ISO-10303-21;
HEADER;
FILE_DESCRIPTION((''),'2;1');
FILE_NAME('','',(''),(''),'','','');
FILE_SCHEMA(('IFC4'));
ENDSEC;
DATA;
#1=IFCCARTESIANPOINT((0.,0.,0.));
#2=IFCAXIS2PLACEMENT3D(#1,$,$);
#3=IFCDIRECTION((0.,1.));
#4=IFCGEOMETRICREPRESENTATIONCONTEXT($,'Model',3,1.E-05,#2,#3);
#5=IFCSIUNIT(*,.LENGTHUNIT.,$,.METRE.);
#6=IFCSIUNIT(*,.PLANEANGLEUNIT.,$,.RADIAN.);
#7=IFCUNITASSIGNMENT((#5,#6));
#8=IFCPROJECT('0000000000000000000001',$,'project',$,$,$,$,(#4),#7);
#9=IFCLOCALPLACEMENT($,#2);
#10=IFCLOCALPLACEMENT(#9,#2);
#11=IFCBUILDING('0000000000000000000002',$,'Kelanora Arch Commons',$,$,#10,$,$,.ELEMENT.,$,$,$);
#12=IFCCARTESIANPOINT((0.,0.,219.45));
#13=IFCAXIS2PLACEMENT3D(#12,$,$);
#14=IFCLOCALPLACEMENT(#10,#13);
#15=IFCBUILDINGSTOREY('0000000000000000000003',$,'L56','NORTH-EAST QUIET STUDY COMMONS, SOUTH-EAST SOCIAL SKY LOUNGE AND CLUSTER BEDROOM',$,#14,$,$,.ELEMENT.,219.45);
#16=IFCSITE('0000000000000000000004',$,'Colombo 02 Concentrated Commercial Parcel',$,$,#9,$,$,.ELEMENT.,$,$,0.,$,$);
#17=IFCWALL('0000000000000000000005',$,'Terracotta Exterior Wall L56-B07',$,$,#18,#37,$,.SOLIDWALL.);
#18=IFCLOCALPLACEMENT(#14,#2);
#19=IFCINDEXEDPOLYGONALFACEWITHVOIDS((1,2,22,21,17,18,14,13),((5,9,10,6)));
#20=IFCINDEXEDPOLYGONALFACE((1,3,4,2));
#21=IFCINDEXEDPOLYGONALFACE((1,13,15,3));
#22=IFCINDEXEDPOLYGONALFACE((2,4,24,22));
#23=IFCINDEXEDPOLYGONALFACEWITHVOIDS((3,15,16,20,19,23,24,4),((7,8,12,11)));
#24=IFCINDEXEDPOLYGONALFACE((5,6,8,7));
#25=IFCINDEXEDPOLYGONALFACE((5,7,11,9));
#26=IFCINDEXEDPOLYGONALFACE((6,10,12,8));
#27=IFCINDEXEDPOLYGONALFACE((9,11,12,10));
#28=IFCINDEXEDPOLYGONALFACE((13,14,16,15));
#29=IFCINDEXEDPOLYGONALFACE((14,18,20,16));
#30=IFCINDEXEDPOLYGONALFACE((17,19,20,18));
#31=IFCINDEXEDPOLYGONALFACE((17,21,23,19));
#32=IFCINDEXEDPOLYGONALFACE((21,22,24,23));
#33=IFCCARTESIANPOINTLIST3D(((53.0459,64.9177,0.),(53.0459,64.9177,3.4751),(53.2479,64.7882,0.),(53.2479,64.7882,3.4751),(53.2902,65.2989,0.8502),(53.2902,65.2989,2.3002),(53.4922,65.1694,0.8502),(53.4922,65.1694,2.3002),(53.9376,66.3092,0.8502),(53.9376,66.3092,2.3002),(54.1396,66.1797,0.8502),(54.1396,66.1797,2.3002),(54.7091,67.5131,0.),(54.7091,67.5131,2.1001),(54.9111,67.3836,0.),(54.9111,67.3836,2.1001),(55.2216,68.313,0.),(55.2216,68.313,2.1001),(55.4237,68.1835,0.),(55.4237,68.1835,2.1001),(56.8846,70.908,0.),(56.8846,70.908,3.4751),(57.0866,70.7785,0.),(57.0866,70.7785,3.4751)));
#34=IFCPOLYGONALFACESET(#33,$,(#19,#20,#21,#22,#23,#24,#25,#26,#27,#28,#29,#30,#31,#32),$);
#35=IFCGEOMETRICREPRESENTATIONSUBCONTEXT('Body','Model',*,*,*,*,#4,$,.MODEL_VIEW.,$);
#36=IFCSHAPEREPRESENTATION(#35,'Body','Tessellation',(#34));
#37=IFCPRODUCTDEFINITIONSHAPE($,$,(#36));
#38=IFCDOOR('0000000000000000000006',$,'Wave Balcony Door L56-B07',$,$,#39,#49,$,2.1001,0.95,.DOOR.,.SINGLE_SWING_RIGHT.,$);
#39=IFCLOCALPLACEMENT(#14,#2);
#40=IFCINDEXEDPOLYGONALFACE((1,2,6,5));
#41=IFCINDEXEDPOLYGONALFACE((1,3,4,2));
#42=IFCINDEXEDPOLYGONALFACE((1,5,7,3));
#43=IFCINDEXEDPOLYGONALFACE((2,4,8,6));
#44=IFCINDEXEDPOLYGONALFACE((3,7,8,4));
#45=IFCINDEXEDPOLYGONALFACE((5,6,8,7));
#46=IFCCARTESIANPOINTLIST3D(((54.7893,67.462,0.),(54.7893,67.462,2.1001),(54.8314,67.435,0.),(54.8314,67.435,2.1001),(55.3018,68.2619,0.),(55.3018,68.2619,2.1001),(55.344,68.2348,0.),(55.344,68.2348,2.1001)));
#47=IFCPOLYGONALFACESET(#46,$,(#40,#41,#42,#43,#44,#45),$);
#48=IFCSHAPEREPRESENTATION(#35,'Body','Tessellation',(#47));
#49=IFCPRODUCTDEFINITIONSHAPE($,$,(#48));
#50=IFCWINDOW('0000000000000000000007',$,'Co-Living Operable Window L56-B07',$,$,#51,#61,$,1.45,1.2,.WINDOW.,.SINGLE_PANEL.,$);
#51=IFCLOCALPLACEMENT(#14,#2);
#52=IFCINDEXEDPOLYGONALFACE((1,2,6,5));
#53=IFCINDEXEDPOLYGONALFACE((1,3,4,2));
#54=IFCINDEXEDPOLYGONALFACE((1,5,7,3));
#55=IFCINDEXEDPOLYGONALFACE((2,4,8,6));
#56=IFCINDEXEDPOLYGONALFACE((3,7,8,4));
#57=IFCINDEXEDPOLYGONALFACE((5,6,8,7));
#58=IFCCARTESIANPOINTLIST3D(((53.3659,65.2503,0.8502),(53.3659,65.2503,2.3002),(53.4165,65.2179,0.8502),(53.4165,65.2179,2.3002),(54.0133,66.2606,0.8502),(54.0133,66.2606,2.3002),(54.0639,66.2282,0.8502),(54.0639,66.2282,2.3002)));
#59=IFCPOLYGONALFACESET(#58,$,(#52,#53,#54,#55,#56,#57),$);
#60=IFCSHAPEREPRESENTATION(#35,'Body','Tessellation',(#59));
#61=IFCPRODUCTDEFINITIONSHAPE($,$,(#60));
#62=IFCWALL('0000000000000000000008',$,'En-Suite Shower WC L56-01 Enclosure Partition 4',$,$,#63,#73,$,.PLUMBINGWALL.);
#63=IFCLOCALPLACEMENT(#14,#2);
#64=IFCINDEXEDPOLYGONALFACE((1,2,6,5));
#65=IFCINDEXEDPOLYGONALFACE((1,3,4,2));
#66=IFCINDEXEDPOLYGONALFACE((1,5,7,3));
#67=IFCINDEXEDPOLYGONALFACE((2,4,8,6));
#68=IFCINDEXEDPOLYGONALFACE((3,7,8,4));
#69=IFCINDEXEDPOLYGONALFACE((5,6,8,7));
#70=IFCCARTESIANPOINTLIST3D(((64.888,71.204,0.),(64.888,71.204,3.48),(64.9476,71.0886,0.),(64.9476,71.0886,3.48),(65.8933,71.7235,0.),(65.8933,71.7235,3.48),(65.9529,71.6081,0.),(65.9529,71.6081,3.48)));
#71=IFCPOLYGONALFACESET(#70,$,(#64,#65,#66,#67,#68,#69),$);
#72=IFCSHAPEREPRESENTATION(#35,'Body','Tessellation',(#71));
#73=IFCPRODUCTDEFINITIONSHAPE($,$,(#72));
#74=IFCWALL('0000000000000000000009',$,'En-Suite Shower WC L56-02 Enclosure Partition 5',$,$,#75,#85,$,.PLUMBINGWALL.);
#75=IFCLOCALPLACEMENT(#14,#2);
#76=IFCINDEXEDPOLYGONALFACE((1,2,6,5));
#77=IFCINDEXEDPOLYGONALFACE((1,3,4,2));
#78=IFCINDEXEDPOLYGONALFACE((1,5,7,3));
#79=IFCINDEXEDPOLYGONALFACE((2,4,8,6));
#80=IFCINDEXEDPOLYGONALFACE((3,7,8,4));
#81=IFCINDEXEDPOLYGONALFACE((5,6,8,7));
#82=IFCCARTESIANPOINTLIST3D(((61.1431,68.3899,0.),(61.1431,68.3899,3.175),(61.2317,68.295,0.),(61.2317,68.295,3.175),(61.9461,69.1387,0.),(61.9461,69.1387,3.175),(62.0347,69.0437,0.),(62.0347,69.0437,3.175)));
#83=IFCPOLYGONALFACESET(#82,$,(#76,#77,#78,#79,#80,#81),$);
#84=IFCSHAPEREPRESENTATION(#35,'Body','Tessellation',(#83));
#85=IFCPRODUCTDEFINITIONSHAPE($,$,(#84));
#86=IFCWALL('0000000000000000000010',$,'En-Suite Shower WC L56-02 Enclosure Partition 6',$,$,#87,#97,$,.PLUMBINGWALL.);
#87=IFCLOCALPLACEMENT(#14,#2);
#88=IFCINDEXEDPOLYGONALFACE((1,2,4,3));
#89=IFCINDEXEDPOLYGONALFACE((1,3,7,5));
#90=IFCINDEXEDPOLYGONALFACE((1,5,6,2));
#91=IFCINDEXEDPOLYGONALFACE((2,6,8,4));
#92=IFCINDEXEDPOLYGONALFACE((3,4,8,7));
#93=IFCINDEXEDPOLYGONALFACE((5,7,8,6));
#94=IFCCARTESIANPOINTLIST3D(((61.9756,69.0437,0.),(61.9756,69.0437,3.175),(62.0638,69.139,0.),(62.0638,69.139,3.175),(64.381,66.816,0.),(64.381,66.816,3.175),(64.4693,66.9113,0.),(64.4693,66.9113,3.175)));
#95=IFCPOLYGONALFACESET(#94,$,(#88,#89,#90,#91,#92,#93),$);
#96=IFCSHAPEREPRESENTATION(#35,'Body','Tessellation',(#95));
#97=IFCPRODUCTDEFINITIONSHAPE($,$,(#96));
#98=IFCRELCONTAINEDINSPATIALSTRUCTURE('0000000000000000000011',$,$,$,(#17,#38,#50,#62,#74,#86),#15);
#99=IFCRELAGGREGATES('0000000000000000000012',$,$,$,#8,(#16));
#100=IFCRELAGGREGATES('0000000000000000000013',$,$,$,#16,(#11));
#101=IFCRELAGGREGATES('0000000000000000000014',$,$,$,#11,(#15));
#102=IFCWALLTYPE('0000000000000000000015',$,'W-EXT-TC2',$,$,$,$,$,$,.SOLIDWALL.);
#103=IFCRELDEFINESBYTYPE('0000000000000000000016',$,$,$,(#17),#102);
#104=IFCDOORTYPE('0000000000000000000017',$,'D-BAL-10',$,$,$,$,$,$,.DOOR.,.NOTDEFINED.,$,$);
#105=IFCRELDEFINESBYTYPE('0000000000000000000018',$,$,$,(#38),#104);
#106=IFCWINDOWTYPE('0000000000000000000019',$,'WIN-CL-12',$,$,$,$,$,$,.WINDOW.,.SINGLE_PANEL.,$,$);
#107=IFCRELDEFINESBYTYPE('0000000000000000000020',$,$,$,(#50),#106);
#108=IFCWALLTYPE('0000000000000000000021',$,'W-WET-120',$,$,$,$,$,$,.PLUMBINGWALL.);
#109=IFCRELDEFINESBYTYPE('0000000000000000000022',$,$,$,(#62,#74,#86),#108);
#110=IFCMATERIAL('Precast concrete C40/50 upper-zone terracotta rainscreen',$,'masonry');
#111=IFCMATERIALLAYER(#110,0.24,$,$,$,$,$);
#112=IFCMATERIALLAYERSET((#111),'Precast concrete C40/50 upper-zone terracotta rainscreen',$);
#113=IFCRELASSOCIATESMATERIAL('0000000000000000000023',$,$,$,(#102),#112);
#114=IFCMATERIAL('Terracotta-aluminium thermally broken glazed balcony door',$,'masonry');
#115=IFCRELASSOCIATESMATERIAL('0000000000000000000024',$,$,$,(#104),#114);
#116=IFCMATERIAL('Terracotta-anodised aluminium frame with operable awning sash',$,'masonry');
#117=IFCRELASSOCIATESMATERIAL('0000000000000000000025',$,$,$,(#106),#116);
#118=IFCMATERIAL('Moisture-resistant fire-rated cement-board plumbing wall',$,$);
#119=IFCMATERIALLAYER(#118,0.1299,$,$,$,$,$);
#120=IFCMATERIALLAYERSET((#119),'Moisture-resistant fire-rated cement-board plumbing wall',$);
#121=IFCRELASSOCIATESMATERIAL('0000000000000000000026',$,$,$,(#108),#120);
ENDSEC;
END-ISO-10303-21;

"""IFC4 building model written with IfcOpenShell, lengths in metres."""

from ifc_helpers import new_model, si_unit, direction, frame, frame_2d, origin, place, context, subcontext, project, spatial, rectangle, extrude, material, layer, layer_set, type_object, element, fill, save


model = new_model("IFC4")

# Units and contexts
model_context = context("Model", 3, precision=1e-05, world=origin(), true_north=direction((0.0, 1.0)))
body_context = subcontext(model_context, "Body", "Model", "MODEL_VIEW")
ifc_project = project(units=[si_unit("LENGTHUNIT", "METRE"), si_unit("PLANEANGLEUNIT", "RADIAN")], contexts=[model_context])

# Site, building, storey
site_placement = place(None, origin())
site = spatial("IfcSite", under=ifc_project, at=site_placement, Name="Colombo 02 Concentrated Commercial Parcel", CompositionType="ELEMENT", RefElevation=0.0)
building_placement = place(site_placement, origin())
building = spatial("IfcBuilding", under=site, at=building_placement, Name="Kelanora Arch Commons", CompositionType="ELEMENT")
storey_placement = place(building_placement, frame((0.0, 0.0, 219.45)))
storey = spatial("IfcBuildingStorey", under=building, at=storey_placement, Name="L56", Description="NORTH-EAST QUIET STUDY COMMONS, SOUTH-EAST SOCIAL SKY LOUNGE AND CLUSTER BEDROOM", CompositionType="ELEMENT", Elevation=219.45)

# Shared definitions
ifc_material_1 = material(Name="Precast concrete C40/50 upper-zone terracotta rainscreen", Category="masonry")
ifc_layer_1 = layer(ifc_material_1, 0.24)
ifc_layer_set_1 = layer_set([ifc_layer_1], Name="Precast concrete C40/50 upper-zone terracotta rainscreen")
wall_type_1 = type_object("IfcWallType", Name="W-EXT-TC2", PredefinedType="SOLIDWALL", material=ifc_layer_set_1)

# Wall, openings, door, window
wall_1_placement = place(storey_placement, frame((56.9856, 70.8433, 0.0), z_axis=(0.0, 0.0, 1.0), x_axis=(-0.53954, -0.84196, 0.0)))
wall_1 = element("IfcWall", 1, at=wall_1_placement, inside=storey, type_object=wall_type_1, Name="Terracotta Exterior Wall L56-B07", PredefinedType="SOLIDWALL", context=body_context, shape_type="SweptSolid", body=[
    extrude(rectangle(XDim=7.1147, YDim=0.24, at=frame_2d((3.5574, 0.0))), origin(), (0.0, 0.0, 1.0), 3.4751),
])
opening_1_placement = place(wall_1_placement, frame((3.082, 0.0, 0.0)))
opening_1 = element("IfcOpeningElement", 2, at=opening_1_placement, cuts=wall_1, PredefinedType="OPENING", context=body_context, shape_type="SweptSolid", body=[
    extrude(rectangle(XDim=0.95, YDim=2.1001, at=frame_2d((0.4751, 1.05))), frame((0.0, 0.1299, 0.0), z_axis=(0.0, -1.0, 0.0), x_axis=(1.0, 0.0, 0.0)), (0.0, 0.0, 1.0), 0.26),
])
opening_2_placement = place(wall_1_placement, frame((5.4619, 0.0, 0.8501)))
opening_2 = element("IfcOpeningElement", 3, at=opening_2_placement, cuts=wall_1, PredefinedType="OPENING", context=body_context, shape_type="SweptSolid", body=[
    extrude(rectangle(XDim=1.2, YDim=1.45, at=frame_2d((0.6001, 0.7251))), frame((0.0, 0.1299, 0.0), z_axis=(0.0, -1.0, 0.0), x_axis=(1.0, 0.0, 0.0)), (0.0, 0.0, 1.0), 0.26),
])
ifc_material_2 = material(Name="Terracotta-aluminium thermally broken glazed balcony door", Category="masonry")
door_type = type_object("IfcDoorType", Name="D-BAL-10", OperationType="NOTDEFINED", PredefinedType="DOOR", material=ifc_material_2)
door_placement = place(opening_1_placement, frame((0.95, 0.0, 0.0), z_axis=(0.0, 0.0, 1.0), x_axis=(-1.0, 0.0, 0.0)))
door = element("IfcDoor", 4, at=door_placement, inside=storey, type_object=door_type, Name="Wave Balcony Door L56-B07", OperationType="SINGLE_SWING_RIGHT", OverallHeight=2.1001, OverallWidth=0.95, PredefinedType="DOOR", context=body_context, shape_type="SweptSolid", body=[
    extrude(rectangle(XDim=0.95, YDim=2.1001, at=frame_2d((0.4751, 1.05))), frame((0.0, 0.0249, 0.0), z_axis=(0.0, -1.0, 0.0), x_axis=(1.0, 0.0, 0.0)), (0.0, 0.0, 1.0), 0.05),
])
fill(opening_1, door)
ifc_material_3 = material(Name="Terracotta-anodised aluminium frame with operable awning sash", Category="masonry")
window_type_1 = type_object("IfcWindowType", Name="WIN-CL-12", PartitioningType="SINGLE_PANEL", PredefinedType="WINDOW", material=ifc_material_3)
window_1_placement = place(opening_2_placement, origin())
window_1 = element("IfcWindow", 5, at=window_1_placement, inside=storey, type_object=window_type_1, Name="Co-Living Operable Window L56-B07", OverallHeight=1.45, OverallWidth=1.2, PartitioningType="SINGLE_PANEL", PredefinedType="WINDOW", context=body_context, shape_type="SweptSolid", body=[
    extrude(rectangle(XDim=1.2, YDim=1.45, at=frame_2d((0.6001, 0.7251))), frame((0.0, 0.03, 0.0), z_axis=(0.0, -1.0, 0.0), x_axis=(1.0, 0.0, 0.0)), (0.0, 0.0, 1.0), 0.0601),
])
fill(opening_2, window_1)

# Walls
ifc_material_4 = material(Name="Moisture-resistant fire-rated cement-board plumbing wall")
ifc_layer_2 = layer(ifc_material_4, 0.1299)
ifc_layer_set_2 = layer_set([ifc_layer_2], Name="Moisture-resistant fire-rated cement-board plumbing wall")
wall_type_2 = type_object("IfcWallType", Name="W-WET-120", PredefinedType="PLUMBINGWALL", material=ifc_layer_set_2)
wall_2_placement = place(storey_placement, frame((64.9177, 71.1462, 0.0), z_axis=(0.0, 0.0, 1.0), x_axis=(0.888394, 0.459082, 0.0)))
element("IfcWall", 6, at=wall_2_placement, inside=storey, type_object=wall_type_2, Name="En-Suite Shower WC L56-01 Enclosure Partition 4", PredefinedType="PLUMBINGWALL", context=body_context, shape_type="SweptSolid", body=[
    extrude(rectangle(XDim=1.1316, YDim=0.1299, at=frame_2d((0.5659, 0.0))), origin(), (0.0, 0.0, 1.0), 3.48),
])
wall_3_placement = place(storey_placement, frame((61.1875, 68.3425, 0.0), z_axis=(0.0, 0.0, 1.0), x_axis=(0.731358, 0.681993, 0.0)))
element("IfcWall", 7, at=wall_3_placement, inside=storey, type_object=wall_type_2, Name="En-Suite Shower WC L56-02 Enclosure Partition 5", PredefinedType="PLUMBINGWALL", context=body_context, shape_type="SweptSolid", body=[
    extrude(rectangle(XDim=1.0979, YDim=0.1299, at=frame_2d((0.5488, 0.0))), origin(), (0.0, 0.0, 1.0), 3.175),
])
wall_4_placement = place(storey_placement, frame((62.0198, 69.0913, 0.0), z_axis=(0.0, 0.0, 1.0), x_axis=(0.733692, -0.679482, 0.0)))
element("IfcWall", 8, at=wall_4_placement, inside=storey, type_object=wall_type_2, Name="En-Suite Shower WC L56-02 Enclosure Partition 6", PredefinedType="PLUMBINGWALL", context=body_context, shape_type="SweptSolid", body=[
    extrude(rectangle(XDim=3.2786, YDim=0.1299, at=frame_2d((1.6392, 0.0))), origin(), (0.0, 0.0, 1.0), 3.175),
])

save(model, "model.ifc")
